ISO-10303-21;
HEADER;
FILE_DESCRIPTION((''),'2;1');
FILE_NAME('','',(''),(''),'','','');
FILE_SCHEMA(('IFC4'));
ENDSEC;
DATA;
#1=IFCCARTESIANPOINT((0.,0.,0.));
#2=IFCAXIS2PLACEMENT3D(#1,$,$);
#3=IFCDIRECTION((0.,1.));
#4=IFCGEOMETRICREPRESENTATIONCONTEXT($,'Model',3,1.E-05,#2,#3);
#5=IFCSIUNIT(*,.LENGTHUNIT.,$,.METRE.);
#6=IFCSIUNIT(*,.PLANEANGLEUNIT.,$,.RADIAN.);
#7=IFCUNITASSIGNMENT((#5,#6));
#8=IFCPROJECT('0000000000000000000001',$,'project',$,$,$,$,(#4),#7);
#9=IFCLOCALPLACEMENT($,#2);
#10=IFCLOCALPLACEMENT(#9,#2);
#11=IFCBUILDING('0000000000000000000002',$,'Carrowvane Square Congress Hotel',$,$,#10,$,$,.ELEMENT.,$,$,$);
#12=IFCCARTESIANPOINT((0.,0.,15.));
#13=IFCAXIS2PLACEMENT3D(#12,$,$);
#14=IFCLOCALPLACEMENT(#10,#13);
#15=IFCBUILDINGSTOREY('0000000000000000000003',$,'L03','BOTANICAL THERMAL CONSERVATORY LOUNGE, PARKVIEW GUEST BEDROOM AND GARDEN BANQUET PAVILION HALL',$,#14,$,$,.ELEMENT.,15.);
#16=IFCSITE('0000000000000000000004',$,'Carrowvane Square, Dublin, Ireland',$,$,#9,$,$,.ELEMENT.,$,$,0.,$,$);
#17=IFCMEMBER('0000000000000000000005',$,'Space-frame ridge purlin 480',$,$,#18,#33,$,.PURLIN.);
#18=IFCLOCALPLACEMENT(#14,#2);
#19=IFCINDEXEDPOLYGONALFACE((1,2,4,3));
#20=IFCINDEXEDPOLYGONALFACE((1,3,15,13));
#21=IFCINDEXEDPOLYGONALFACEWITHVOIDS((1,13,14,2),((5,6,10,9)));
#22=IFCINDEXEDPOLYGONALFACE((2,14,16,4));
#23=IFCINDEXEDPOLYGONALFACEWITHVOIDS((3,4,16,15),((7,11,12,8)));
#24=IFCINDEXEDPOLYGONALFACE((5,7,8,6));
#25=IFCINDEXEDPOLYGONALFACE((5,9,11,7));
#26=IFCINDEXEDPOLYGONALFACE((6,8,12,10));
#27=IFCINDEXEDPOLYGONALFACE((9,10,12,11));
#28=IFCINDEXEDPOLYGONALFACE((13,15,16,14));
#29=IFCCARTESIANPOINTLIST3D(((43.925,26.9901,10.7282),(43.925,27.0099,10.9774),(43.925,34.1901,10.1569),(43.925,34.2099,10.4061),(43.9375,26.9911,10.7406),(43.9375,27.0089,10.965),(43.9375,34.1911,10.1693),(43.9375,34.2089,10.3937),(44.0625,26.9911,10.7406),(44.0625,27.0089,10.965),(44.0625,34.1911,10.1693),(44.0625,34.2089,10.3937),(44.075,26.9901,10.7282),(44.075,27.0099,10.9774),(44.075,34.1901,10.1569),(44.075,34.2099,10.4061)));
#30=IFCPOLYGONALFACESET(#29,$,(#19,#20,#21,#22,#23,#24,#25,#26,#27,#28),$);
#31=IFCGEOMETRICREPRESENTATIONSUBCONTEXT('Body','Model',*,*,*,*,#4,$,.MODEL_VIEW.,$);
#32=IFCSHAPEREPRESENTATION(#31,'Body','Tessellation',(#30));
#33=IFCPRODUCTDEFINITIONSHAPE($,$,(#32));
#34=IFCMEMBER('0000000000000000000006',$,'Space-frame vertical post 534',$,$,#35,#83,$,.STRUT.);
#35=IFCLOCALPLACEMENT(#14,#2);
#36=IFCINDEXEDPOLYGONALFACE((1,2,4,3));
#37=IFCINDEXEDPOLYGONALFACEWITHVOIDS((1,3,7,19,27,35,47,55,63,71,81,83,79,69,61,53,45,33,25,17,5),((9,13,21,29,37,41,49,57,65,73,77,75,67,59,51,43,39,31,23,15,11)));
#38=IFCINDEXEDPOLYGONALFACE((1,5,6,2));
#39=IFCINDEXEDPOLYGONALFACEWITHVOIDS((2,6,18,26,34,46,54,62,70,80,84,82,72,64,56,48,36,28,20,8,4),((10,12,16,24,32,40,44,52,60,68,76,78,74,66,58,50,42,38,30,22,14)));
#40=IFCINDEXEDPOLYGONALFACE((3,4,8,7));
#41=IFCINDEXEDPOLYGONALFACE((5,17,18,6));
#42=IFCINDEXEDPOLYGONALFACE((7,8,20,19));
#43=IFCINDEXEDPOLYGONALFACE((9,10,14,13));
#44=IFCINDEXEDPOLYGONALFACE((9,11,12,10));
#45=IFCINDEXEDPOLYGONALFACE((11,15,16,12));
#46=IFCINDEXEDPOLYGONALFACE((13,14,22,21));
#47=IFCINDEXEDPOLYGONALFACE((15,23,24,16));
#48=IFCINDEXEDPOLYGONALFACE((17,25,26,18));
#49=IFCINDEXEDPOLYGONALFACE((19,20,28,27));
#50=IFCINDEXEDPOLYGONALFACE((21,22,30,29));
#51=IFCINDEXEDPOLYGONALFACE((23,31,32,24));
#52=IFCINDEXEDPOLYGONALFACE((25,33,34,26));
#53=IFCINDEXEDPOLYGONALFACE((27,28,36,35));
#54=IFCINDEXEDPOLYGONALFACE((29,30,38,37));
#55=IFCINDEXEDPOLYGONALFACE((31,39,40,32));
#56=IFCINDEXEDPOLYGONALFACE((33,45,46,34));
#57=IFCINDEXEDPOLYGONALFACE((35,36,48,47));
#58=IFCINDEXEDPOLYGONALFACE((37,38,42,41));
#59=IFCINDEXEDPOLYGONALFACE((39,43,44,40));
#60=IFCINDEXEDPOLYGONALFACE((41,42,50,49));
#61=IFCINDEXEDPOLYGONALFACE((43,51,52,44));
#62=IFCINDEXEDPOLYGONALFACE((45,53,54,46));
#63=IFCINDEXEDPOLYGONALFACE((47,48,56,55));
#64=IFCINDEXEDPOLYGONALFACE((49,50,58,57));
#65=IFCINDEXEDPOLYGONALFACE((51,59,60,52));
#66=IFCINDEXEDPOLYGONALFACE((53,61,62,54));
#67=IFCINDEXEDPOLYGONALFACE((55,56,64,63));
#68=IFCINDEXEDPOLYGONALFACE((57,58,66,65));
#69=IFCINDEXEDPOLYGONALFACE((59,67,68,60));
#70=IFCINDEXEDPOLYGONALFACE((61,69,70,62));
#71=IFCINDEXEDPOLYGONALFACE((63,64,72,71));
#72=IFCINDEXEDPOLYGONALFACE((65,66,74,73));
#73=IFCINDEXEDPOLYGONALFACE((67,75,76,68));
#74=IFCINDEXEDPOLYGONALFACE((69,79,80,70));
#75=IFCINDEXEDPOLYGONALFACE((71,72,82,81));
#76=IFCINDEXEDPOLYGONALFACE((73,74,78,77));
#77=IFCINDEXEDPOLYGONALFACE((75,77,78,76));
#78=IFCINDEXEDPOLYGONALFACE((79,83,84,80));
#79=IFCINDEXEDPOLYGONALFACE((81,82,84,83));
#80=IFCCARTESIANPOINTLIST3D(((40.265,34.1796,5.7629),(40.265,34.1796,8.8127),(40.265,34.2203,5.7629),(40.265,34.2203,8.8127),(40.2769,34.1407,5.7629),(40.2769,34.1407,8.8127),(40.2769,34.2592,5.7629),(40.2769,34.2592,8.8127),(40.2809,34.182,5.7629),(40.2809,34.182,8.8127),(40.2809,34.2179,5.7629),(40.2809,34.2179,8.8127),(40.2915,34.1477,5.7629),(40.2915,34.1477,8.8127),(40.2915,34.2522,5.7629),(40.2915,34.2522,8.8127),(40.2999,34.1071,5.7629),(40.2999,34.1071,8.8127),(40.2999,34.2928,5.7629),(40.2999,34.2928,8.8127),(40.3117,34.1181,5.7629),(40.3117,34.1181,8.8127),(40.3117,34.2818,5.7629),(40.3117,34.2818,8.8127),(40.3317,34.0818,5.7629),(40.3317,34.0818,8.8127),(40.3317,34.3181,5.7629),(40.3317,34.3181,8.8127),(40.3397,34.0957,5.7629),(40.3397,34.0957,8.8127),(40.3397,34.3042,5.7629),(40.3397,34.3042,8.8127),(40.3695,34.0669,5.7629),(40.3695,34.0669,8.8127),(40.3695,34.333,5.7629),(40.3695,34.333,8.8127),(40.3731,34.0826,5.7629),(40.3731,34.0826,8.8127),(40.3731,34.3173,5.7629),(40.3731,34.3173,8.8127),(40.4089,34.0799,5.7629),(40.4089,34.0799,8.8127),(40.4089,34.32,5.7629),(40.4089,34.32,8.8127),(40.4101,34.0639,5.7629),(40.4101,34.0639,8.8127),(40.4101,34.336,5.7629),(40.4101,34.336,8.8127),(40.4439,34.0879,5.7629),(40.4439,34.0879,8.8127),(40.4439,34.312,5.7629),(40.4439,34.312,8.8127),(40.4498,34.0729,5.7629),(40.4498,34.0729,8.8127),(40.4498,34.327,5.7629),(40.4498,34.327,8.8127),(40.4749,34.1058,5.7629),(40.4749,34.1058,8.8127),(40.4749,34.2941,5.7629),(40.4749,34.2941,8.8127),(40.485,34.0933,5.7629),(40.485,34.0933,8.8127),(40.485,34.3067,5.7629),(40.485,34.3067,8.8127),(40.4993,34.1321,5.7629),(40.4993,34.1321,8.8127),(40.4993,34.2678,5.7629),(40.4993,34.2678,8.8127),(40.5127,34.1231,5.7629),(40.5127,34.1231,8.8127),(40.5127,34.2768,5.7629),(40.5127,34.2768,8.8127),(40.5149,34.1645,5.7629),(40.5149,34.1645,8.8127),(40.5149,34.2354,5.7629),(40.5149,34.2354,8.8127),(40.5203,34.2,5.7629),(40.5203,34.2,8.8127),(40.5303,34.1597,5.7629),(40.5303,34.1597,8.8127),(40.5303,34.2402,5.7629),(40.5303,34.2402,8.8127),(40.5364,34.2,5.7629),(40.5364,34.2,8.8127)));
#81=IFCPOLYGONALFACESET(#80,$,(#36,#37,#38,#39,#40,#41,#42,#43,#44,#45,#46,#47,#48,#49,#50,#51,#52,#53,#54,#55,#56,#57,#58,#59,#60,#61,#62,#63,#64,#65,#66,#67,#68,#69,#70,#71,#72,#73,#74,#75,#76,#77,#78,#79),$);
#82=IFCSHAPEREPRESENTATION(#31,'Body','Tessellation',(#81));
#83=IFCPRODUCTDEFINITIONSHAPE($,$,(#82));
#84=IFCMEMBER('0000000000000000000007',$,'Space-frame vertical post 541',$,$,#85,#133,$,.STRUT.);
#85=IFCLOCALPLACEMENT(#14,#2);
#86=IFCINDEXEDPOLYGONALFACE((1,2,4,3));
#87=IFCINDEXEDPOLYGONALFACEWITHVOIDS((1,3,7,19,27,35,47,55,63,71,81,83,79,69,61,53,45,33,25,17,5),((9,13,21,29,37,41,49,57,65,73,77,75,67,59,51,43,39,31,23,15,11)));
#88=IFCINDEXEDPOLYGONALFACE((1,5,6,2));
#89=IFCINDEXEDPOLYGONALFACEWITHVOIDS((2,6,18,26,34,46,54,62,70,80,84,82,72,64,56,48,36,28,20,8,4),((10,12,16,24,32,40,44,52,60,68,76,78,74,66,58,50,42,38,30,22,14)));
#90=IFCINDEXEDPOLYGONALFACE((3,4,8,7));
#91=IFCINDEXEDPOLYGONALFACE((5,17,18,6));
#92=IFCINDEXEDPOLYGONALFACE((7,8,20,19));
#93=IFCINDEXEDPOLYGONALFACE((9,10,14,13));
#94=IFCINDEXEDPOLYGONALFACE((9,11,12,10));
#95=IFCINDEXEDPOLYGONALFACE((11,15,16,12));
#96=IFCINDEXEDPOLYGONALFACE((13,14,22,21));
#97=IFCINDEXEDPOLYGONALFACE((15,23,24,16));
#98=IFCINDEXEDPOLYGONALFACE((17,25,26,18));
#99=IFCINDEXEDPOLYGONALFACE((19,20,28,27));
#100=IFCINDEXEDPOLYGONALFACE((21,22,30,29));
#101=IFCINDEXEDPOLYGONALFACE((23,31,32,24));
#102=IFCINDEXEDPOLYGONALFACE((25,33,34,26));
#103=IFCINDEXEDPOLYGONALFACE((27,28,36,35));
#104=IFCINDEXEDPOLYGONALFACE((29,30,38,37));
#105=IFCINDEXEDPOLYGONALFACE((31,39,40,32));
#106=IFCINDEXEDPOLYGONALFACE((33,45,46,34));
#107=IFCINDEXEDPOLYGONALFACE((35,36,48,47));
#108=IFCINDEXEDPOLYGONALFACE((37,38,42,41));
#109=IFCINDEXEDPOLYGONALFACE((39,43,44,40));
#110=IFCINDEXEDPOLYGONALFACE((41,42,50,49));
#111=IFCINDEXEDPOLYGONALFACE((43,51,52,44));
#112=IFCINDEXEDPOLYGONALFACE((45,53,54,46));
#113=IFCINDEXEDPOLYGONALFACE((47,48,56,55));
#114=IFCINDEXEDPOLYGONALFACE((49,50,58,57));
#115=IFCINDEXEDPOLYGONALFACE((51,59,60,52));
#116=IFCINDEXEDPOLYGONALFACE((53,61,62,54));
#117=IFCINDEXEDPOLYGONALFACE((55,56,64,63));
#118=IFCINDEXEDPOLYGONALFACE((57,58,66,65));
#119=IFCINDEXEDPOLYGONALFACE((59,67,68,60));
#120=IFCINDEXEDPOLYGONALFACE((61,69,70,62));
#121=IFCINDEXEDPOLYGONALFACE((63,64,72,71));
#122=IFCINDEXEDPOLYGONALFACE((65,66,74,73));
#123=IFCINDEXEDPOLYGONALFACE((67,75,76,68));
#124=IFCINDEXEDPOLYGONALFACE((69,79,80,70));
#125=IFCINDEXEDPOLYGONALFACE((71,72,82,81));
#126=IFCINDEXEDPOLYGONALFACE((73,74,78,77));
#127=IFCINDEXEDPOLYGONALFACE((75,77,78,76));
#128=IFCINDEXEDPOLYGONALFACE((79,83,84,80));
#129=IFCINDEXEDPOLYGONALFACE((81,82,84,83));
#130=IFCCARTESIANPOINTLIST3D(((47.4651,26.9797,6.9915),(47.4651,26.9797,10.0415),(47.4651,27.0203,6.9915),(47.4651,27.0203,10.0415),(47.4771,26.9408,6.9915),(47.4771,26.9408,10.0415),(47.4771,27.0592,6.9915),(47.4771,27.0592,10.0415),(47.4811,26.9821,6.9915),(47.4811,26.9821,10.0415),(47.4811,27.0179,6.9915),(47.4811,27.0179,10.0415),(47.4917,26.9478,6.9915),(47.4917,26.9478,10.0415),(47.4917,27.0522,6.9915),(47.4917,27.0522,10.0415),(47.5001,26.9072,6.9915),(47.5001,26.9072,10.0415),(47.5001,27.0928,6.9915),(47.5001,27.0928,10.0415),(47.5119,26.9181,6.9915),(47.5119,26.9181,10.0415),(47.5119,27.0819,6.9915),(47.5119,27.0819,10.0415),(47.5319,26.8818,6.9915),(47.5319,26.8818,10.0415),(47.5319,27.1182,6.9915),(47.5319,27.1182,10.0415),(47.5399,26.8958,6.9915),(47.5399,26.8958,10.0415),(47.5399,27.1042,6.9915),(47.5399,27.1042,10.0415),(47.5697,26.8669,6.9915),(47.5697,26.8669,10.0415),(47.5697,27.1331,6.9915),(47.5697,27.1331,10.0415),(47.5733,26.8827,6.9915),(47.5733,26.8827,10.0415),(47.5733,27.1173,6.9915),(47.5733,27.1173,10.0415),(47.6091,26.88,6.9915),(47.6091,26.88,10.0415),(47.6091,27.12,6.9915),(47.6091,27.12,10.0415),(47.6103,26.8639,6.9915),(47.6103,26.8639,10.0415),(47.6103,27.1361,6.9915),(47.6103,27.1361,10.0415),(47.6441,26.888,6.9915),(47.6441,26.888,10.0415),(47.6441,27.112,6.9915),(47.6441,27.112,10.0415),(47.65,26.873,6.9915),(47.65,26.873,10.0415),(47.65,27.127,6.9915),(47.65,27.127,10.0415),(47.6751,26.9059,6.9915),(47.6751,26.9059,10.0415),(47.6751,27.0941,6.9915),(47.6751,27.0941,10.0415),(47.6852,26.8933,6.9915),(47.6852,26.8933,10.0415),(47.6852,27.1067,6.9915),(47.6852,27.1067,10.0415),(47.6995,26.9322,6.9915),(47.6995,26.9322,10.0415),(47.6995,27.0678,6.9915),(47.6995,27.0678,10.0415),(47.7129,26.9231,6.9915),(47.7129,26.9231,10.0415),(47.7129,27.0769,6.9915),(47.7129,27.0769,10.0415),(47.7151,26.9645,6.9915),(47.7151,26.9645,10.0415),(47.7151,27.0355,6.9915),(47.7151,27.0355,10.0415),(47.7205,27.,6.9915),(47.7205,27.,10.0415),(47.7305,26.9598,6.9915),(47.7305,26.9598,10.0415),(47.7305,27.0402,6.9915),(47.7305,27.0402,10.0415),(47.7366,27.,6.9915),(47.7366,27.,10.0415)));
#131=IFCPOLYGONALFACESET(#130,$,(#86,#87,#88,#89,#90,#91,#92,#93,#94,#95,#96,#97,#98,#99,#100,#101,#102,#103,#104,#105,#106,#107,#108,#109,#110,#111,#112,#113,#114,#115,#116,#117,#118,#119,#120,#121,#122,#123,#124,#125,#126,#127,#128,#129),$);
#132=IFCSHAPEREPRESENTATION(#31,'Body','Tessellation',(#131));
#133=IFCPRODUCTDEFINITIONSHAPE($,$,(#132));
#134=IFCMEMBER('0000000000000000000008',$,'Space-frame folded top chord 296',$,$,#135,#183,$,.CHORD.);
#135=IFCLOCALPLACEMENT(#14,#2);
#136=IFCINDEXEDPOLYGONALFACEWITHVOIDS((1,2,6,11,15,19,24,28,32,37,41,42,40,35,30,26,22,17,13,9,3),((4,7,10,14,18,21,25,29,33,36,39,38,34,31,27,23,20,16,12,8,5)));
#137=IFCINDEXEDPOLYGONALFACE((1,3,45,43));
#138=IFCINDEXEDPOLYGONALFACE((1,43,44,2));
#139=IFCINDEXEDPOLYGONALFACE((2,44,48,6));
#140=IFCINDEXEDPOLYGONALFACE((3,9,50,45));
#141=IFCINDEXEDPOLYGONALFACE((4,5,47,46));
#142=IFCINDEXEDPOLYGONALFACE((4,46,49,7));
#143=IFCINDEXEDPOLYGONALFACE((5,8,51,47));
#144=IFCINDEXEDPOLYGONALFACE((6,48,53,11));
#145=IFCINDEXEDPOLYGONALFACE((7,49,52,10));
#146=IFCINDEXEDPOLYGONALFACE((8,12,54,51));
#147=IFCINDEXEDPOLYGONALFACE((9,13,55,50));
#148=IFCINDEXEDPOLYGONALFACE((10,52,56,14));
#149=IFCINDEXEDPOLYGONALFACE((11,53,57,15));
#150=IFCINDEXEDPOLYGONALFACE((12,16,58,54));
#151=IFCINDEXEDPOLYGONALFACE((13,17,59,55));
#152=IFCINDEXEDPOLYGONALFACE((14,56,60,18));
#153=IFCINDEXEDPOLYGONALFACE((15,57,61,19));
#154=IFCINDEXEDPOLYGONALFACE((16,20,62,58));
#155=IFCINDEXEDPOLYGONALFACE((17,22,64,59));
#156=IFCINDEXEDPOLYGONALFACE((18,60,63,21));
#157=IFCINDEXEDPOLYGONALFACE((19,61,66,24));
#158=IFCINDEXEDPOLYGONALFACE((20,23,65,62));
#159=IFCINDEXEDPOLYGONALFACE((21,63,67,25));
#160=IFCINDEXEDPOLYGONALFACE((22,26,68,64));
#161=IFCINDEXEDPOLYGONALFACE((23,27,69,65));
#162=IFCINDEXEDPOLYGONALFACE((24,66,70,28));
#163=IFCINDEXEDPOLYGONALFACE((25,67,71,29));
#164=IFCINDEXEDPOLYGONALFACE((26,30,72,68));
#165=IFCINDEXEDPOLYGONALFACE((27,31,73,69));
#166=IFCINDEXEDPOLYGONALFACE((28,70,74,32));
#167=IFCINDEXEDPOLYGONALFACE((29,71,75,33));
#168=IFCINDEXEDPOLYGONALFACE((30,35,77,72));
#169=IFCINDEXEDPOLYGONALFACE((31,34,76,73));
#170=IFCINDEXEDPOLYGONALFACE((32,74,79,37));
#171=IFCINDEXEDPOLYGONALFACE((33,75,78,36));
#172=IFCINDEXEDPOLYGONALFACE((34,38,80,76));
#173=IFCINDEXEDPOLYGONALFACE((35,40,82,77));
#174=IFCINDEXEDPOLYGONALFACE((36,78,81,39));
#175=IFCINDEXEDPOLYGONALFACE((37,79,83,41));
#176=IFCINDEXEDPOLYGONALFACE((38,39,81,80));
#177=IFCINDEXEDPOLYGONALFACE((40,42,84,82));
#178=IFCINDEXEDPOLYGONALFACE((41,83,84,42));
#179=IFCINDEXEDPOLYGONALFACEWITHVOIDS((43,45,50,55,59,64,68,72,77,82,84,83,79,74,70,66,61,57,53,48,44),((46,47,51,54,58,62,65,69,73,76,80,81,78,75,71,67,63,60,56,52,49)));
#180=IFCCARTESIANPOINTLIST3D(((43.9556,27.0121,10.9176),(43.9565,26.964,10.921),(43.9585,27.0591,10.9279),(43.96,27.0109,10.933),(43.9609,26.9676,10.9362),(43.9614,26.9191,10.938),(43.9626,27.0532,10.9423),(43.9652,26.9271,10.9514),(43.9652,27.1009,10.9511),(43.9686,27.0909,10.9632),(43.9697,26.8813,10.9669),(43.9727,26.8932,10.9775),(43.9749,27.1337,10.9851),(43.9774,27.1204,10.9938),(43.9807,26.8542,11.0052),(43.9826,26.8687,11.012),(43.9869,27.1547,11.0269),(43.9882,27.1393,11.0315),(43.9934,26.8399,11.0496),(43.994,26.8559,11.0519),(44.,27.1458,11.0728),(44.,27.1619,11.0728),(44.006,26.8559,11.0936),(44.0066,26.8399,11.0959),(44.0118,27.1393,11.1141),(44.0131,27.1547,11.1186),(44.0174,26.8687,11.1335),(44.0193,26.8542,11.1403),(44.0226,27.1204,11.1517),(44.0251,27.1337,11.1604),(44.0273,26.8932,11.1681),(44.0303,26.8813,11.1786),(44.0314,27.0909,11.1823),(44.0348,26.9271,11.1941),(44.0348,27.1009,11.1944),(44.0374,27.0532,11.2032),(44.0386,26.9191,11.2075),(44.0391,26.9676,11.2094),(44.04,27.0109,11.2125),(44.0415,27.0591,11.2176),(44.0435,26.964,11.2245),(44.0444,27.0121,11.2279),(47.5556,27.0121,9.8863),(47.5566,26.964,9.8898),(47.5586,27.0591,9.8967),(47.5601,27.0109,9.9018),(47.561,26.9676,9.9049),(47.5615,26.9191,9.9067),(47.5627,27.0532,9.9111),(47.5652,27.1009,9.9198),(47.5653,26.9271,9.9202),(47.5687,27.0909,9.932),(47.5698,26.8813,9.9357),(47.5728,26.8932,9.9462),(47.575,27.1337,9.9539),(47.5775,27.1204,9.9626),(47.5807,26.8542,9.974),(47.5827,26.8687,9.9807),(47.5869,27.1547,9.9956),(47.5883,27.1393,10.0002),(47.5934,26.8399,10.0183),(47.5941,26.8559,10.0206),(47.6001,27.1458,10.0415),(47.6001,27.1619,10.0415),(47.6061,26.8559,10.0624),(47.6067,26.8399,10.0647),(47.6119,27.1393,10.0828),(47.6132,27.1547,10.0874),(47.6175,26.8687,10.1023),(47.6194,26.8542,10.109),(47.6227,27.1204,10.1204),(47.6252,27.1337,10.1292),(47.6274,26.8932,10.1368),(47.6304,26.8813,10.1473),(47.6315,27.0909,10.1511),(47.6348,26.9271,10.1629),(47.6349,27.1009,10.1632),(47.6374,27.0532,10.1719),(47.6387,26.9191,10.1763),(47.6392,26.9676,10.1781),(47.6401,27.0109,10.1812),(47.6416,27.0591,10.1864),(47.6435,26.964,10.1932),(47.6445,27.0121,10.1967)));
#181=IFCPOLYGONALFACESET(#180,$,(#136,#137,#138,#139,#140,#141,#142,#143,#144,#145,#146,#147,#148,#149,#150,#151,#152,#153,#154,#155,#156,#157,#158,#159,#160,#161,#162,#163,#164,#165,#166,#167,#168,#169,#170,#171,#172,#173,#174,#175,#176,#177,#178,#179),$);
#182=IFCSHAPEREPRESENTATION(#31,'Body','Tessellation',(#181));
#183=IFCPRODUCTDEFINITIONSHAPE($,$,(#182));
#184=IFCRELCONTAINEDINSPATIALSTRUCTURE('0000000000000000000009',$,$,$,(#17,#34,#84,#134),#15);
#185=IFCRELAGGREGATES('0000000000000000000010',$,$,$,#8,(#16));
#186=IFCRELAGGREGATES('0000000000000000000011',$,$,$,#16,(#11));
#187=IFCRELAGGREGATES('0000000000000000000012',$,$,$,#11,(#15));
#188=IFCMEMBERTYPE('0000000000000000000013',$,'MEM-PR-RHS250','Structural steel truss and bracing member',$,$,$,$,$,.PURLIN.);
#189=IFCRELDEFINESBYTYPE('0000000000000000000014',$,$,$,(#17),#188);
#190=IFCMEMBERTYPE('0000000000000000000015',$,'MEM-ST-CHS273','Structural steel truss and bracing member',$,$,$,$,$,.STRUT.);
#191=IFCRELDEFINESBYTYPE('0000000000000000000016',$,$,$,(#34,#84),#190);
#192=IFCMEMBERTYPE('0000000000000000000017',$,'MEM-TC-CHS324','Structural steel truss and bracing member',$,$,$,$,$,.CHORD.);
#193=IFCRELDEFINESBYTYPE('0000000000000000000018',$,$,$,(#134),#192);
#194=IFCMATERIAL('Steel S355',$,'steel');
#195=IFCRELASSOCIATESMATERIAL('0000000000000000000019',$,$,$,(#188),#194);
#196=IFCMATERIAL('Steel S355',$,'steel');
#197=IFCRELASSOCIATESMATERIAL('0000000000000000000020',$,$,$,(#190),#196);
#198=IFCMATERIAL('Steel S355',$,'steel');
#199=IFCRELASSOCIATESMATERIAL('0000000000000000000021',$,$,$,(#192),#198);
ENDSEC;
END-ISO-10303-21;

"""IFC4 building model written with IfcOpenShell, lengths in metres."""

from ifc_helpers import new_model, si_unit, direction, frame, origin, origin_2d, place, context, subcontext, project, spatial, hollow_rectangle, hollow_circle, extrude, material, material_profile, profile_set, type_object, element, save


model = new_model("IFC4")

# Units and contexts
model_context = context("Model", 3, precision=1e-05, world=origin(), true_north=direction((0.0, 1.0)))
body_context = subcontext(model_context, "Body", "Model", "MODEL_VIEW")
ifc_project = project(units=[si_unit("LENGTHUNIT", "METRE"), si_unit("PLANEANGLEUNIT", "RADIAN")], contexts=[model_context])

# Site, building, storey
site_placement = place(None, origin())
site = spatial("IfcSite", under=ifc_project, at=site_placement, Name="Carrowvane Square, Dublin, Ireland", CompositionType="ELEMENT", RefElevation=0.0)
building_placement = place(site_placement, origin())
building = spatial("IfcBuilding", under=site, at=building_placement, Name="Carrowvane Square Congress Hotel", CompositionType="ELEMENT")
storey_placement = place(building_placement, frame((0.0, 0.0, 15.0)))
storey = spatial("IfcBuildingStorey", under=building, at=storey_placement, Name="L03", Description="BOTANICAL THERMAL CONSERVATORY LOUNGE, PARKVIEW GUEST BEDROOM AND GARDEN BANQUET PAVILION HALL", CompositionType="ELEMENT", Elevation=15.0)

# Members
ifc_material_1 = material(Name="Steel S355", Category="steel")
ifc_material_profile_1 = material_profile(ifc_material_1, hollow_rectangle(XDim=0.1499, YDim=0.25, WallThickness=0.0125, at=origin_2d()), Name="RHS 250x150x12.5")
ifc_profile_set_1 = profile_set([ifc_material_profile_1], Name="Steel S355")
member_type_1 = type_object("IfcMemberType", Name="MEM-PR-RHS250", Description="Structural steel truss and bracing member", PredefinedType="PURLIN", material=ifc_profile_set_1)
member_1_placement = place(storey_placement, frame((44.0, 27.0, 10.8528), z_axis=(0.0, 0.996867, -0.079098), x_axis=(-1.0, 0.0, 0.0)))
element("IfcMember", 1, at=member_1_placement, inside=storey, type_object=member_type_1, Name="Space-frame ridge purlin 480", PredefinedType="PURLIN", context=body_context, shape_type="SweptSolid", body=[
    extrude(hollow_rectangle(XDim=0.1499, YDim=0.25, WallThickness=0.0125, at=origin_2d()), origin(), (0.0, 0.0, 1.0), 7.2227),
])
ifc_material_2 = material(Name="Steel S355", Category="steel")
ifc_material_profile_2 = material_profile(ifc_material_2, hollow_circle(Radius=0.1365, WallThickness=0.0161, at=origin_2d()), Name="CHS 273.0x16")
ifc_profile_set_2 = profile_set([ifc_material_profile_2], Name="Steel S355")
member_type_2 = type_object("IfcMemberType", Name="MEM-ST-CHS273", Description="Structural steel truss and bracing member", PredefinedType="STRUT", material=ifc_profile_set_2)
member_2_placement = place(storey_placement, frame((40.3999, 34.2, 5.7629), z_axis=(0.0, 0.0, 1.0), x_axis=(1.0, 0.0, 0.0)))
element("IfcMember", 2, at=member_2_placement, inside=storey, type_object=member_type_2, Name="Space-frame vertical post 534", PredefinedType="STRUT", context=body_context, shape_type="SweptSolid", body=[
    extrude(hollow_circle(Radius=0.1365, WallThickness=0.0161, at=origin_2d()), origin(), (0.0, 0.0, 1.0), 3.0498),
])
member_3_placement = place(storey_placement, frame((47.6001, 27.0, 6.9915), z_axis=(0.0, 0.0, 1.0), x_axis=(1.0, 0.0, 0.0)))
element("IfcMember", 3, at=member_3_placement, inside=storey, type_object=member_type_2, Name="Space-frame vertical post 541", PredefinedType="STRUT", context=body_context, shape_type="SweptSolid", body=[
    extrude(hollow_circle(Radius=0.1365, WallThickness=0.0161, at=origin_2d()), origin(), (0.0, 0.0, 1.0), 3.05),
])
ifc_material_3 = material(Name="Steel S355", Category="steel")
ifc_material_profile_3 = material_profile(ifc_material_3, hollow_circle(Radius=0.1619, WallThickness=0.0161, at=origin_2d()), Name="CHS 323.9x16")
ifc_profile_set_3 = profile_set([ifc_material_profile_3], Name="Steel S355")
member_type_3 = type_object("IfcMemberType", Name="MEM-TC-CHS324", Description="Structural steel truss and bracing member", PredefinedType="CHORD", material=ifc_profile_set_3)
member_4_placement = place(storey_placement, frame((44.0, 27.0, 11.0728), z_axis=(0.961337, 0.0, -0.275375), x_axis=(0.0, 1.0, 0.0)))
element("IfcMember", 4, at=member_4_placement, inside=storey, type_object=member_type_3, Name="Space-frame folded top chord 296", PredefinedType="CHORD", context=body_context, shape_type="SweptSolid", body=[
    extrude(hollow_circle(Radius=0.1619, WallThickness=0.0161, at=origin_2d()), origin(), (0.0, 0.0, 1.0), 3.7449),
])

save(model, "model.ifc")
